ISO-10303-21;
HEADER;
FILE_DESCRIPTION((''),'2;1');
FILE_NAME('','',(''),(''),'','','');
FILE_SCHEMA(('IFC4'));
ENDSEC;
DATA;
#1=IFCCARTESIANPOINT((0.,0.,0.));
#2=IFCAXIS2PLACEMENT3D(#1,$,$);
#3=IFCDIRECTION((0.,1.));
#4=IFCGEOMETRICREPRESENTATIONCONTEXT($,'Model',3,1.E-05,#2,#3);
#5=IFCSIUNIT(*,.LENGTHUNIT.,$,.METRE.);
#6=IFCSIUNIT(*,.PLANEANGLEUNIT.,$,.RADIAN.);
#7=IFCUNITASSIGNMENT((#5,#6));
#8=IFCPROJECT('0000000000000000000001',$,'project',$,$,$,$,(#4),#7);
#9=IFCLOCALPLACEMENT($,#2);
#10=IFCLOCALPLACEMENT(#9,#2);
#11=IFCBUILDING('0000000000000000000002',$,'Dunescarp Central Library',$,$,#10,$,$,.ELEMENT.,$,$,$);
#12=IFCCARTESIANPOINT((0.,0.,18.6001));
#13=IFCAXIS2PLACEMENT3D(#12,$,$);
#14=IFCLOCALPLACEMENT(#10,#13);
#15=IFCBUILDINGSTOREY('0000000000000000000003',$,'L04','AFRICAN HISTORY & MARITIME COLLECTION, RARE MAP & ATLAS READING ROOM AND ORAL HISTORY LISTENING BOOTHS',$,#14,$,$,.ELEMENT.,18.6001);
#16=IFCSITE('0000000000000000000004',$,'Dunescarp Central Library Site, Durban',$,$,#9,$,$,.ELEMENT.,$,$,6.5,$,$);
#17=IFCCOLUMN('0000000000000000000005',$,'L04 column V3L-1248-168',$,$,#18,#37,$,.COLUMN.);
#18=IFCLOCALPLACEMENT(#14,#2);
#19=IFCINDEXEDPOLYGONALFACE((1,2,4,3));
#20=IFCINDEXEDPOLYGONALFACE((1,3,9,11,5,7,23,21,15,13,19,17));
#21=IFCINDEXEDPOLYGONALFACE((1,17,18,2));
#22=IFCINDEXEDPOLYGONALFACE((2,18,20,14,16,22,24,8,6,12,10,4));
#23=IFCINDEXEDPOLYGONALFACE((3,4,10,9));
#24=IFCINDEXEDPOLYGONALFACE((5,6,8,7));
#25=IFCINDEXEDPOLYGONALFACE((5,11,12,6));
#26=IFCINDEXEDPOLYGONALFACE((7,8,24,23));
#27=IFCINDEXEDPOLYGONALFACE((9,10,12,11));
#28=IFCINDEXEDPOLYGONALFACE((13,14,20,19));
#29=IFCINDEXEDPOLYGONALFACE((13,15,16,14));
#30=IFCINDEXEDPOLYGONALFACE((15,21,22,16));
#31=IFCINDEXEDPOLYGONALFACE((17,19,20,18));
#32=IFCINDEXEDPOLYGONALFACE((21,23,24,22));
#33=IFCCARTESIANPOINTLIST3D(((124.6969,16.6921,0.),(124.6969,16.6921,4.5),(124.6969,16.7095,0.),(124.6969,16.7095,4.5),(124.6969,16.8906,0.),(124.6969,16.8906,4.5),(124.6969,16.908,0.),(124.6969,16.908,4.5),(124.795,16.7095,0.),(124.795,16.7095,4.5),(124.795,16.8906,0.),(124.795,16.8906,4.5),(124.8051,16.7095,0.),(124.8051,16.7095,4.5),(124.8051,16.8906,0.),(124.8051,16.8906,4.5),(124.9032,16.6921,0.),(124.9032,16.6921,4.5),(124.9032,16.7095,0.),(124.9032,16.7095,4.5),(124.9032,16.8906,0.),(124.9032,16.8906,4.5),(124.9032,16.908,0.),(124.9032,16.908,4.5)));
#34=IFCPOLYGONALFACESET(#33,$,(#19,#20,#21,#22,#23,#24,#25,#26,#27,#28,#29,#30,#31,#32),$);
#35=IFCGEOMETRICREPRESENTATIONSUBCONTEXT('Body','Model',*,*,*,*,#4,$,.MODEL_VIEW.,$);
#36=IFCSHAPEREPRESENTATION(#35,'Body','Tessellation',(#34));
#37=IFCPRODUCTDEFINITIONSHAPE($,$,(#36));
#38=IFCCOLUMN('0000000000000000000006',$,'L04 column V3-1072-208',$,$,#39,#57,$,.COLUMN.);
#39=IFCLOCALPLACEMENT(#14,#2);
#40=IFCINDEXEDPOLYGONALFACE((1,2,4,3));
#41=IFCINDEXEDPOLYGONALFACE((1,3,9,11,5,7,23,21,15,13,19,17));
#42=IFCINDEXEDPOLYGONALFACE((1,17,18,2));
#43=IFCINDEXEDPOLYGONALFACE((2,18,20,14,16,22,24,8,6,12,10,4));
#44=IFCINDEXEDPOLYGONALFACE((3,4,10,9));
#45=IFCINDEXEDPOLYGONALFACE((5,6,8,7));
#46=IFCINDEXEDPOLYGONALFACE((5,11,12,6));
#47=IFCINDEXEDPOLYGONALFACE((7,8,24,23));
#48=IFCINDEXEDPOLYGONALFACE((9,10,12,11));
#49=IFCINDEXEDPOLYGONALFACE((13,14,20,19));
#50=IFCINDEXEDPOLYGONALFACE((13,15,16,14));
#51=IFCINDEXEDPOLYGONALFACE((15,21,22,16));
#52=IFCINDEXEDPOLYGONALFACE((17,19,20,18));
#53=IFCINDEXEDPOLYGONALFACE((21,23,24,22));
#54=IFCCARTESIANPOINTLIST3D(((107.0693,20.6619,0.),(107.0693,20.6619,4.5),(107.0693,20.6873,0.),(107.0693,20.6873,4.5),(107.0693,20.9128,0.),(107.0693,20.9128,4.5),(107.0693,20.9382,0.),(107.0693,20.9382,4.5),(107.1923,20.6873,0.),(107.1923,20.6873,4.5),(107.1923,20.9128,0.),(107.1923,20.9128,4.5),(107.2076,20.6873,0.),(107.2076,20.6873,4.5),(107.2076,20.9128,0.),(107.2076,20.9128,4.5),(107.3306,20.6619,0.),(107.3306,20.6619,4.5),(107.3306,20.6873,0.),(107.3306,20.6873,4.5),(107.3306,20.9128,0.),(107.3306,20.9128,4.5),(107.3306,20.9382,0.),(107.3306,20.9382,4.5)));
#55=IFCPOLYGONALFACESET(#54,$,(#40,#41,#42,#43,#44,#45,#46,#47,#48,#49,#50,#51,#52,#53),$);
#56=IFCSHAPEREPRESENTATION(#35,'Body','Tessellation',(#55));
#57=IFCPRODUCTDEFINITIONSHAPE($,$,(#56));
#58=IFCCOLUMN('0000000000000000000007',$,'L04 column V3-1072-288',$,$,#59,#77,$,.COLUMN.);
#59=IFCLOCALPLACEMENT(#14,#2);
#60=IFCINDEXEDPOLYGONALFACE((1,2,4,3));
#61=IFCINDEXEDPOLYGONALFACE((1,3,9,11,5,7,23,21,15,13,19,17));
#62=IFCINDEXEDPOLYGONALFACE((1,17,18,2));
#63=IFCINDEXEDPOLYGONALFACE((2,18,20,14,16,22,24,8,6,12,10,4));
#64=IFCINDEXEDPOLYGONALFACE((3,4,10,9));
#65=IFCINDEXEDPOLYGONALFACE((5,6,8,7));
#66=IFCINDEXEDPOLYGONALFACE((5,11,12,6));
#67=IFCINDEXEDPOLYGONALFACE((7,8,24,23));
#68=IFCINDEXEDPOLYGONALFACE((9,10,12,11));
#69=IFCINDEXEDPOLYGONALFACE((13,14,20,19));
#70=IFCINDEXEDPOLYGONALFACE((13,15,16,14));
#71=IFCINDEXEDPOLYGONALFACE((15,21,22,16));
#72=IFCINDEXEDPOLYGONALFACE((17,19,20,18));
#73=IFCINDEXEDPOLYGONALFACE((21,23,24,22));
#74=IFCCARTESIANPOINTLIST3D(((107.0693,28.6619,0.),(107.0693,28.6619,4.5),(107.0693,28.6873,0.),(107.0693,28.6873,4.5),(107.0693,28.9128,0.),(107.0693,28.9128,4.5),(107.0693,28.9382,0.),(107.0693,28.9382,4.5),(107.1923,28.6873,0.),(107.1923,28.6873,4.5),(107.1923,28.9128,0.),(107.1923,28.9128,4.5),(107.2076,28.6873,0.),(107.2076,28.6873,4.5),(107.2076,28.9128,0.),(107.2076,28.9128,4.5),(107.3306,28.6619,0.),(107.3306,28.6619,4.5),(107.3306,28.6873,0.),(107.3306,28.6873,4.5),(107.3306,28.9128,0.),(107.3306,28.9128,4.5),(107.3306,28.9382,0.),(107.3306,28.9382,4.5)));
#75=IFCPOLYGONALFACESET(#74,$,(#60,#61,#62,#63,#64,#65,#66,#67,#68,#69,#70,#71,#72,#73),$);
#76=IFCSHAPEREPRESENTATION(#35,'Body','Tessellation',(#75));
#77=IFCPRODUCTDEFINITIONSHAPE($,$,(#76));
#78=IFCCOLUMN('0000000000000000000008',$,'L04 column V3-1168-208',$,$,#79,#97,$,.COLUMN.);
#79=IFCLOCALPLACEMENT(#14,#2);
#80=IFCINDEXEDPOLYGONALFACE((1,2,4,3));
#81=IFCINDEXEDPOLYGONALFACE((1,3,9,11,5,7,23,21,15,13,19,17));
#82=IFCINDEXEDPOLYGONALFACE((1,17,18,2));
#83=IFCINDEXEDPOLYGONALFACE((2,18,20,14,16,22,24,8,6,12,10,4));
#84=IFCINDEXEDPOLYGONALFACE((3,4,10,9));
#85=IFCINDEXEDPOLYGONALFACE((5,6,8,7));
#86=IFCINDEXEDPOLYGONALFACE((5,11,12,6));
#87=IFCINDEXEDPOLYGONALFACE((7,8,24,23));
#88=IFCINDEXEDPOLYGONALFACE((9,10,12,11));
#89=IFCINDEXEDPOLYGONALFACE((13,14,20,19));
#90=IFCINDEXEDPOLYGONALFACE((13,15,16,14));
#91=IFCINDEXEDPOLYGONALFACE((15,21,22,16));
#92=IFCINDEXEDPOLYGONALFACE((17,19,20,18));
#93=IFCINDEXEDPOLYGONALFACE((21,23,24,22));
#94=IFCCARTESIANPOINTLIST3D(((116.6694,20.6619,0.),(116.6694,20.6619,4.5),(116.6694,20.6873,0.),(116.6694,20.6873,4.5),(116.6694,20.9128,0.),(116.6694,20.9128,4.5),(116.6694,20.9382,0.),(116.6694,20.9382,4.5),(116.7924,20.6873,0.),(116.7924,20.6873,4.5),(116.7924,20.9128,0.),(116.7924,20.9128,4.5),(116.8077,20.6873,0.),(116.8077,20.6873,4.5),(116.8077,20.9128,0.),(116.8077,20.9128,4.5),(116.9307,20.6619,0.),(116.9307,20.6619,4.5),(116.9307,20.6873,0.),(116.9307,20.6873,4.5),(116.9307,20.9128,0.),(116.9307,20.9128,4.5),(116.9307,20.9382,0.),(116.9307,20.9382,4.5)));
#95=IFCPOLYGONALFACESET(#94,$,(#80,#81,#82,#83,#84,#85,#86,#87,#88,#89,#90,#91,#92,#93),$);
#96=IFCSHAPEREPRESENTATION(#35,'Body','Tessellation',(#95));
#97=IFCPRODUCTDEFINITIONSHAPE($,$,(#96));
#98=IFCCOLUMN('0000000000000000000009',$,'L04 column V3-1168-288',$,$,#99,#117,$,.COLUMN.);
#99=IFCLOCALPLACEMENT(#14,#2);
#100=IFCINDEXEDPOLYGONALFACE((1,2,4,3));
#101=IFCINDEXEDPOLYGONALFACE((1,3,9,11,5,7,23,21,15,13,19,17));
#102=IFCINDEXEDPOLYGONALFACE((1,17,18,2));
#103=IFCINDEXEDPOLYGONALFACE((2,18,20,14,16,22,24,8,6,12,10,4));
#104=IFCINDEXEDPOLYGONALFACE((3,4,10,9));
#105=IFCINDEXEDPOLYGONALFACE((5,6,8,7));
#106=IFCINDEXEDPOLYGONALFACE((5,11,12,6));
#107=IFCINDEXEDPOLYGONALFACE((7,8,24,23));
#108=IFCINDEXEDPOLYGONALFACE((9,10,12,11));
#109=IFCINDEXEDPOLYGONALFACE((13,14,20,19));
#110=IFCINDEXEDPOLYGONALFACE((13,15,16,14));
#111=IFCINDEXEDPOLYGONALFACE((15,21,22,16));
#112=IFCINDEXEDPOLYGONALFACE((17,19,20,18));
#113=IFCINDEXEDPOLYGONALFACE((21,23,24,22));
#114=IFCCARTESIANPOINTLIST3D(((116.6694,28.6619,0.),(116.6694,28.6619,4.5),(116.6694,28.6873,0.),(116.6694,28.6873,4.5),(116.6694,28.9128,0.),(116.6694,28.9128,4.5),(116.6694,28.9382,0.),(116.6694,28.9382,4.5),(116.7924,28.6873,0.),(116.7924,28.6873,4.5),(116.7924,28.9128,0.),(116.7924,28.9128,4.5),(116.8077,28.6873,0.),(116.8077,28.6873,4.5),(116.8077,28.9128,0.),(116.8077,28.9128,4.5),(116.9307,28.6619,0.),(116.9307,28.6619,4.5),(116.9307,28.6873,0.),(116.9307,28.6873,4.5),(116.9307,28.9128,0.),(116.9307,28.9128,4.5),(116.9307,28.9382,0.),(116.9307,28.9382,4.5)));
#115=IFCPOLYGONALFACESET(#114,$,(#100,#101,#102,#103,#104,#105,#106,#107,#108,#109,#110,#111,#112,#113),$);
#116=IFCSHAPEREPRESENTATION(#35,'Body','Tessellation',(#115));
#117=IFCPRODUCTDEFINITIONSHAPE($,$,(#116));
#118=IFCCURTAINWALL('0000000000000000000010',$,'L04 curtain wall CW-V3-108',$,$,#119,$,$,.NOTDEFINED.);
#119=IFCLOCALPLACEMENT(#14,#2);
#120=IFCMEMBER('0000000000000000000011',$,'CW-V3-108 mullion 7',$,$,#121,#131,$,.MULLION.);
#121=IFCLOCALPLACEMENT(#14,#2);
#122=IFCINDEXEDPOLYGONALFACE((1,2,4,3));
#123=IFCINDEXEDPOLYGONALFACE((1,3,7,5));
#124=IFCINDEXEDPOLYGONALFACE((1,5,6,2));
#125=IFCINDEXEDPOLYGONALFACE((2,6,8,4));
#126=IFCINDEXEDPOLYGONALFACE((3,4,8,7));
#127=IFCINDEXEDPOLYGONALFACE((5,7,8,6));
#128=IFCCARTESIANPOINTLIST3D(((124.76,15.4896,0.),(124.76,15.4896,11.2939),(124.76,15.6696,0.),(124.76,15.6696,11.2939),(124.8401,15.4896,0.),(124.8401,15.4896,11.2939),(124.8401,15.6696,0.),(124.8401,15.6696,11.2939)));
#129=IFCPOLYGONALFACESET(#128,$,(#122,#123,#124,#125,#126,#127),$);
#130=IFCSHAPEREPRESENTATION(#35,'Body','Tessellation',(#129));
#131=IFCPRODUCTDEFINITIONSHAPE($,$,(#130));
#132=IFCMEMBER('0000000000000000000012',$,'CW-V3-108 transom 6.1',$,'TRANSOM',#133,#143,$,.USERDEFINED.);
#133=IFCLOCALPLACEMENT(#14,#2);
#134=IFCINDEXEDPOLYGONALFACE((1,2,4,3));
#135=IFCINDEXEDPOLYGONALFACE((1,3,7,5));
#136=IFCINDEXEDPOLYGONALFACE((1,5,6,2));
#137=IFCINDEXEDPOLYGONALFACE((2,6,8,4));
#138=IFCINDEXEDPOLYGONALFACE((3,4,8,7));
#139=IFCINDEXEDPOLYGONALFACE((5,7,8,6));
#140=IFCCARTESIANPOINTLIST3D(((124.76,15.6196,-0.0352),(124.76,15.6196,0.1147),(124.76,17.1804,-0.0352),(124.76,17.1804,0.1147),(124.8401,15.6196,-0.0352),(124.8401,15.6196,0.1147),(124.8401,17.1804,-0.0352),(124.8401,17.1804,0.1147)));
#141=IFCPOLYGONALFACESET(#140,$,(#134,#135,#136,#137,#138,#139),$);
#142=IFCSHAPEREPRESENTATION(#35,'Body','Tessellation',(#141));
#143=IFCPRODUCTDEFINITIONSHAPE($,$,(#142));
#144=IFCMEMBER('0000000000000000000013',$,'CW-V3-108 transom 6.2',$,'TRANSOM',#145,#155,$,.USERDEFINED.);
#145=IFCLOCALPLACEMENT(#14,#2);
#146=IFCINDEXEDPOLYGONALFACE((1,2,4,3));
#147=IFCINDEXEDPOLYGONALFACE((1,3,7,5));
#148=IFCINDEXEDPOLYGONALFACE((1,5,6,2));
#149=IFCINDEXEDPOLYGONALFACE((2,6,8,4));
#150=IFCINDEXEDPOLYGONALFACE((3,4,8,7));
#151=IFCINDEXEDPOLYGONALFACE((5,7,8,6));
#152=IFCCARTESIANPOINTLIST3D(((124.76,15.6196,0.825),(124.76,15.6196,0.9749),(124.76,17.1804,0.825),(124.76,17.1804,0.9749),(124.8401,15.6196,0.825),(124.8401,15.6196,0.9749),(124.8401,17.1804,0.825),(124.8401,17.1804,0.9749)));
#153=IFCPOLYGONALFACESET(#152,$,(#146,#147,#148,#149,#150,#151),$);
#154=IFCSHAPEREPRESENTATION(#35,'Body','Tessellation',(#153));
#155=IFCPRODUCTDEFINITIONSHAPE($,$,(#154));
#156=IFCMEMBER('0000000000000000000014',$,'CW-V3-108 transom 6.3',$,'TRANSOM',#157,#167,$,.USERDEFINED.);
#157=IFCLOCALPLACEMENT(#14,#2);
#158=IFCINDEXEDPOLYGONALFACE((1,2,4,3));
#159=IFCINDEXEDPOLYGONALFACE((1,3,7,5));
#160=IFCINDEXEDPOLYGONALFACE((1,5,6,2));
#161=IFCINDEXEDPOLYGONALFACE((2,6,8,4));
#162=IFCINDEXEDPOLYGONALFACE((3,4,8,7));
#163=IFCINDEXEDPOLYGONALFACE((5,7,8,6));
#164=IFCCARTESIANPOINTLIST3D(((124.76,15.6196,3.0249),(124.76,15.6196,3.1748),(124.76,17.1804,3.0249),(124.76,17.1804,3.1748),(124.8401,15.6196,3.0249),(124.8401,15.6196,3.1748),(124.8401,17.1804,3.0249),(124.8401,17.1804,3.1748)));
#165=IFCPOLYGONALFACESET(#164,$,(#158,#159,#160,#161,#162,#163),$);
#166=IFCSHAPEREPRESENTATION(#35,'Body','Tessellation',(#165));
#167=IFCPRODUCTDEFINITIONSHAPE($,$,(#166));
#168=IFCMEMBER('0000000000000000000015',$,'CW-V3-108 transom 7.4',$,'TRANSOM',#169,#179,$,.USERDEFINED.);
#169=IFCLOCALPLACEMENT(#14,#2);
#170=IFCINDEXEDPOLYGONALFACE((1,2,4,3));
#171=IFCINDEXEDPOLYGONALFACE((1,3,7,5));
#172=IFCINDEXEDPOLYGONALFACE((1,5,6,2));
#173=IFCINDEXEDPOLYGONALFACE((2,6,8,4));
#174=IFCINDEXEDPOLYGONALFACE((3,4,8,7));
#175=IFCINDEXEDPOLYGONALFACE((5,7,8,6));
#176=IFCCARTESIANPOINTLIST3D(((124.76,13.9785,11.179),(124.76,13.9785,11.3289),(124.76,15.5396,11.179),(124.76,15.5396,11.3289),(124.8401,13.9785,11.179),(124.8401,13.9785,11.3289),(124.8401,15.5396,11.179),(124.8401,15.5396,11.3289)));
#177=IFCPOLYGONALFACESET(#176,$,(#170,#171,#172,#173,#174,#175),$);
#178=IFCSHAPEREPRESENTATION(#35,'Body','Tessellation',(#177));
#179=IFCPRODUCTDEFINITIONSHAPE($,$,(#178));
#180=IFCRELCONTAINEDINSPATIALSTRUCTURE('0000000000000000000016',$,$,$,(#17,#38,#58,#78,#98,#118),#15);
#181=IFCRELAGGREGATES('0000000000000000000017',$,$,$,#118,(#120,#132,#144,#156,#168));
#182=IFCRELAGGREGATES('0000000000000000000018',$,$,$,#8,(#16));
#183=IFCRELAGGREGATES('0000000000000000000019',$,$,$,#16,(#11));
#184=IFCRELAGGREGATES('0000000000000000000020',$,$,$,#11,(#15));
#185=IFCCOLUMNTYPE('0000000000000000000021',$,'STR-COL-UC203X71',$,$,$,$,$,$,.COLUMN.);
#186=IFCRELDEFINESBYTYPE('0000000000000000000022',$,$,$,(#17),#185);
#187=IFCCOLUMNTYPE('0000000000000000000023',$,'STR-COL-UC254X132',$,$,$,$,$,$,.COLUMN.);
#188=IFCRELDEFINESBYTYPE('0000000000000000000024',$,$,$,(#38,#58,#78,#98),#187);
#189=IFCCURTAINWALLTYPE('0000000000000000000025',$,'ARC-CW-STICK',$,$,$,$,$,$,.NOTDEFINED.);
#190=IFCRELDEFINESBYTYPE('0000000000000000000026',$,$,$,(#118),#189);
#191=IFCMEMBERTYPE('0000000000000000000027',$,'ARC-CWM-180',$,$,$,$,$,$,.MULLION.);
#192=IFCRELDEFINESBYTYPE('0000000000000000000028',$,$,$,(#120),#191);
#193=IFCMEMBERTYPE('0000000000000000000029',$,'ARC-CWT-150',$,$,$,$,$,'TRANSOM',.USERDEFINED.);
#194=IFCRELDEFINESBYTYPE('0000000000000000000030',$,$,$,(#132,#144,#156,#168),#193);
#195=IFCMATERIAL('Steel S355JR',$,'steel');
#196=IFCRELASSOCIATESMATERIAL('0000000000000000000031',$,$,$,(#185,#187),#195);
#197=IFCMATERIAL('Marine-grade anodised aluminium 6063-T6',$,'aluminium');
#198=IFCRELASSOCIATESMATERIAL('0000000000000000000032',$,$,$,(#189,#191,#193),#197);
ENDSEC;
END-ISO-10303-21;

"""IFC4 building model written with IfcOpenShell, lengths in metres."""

from ifc_helpers import new_model, si_unit, direction, frame, origin, origin_2d, place, context, subcontext, project, spatial, rectangle, i_section, extrude, material, material_profile, profile_set, type_object, element, aggregate, save


model = new_model("IFC4")

# Units and contexts
model_context = context("Model", 3, precision=1e-05, world=origin(), true_north=direction((0.0, 1.0)))
body_context = subcontext(model_context, "Body", "Model", "MODEL_VIEW")
ifc_project = project(units=[si_unit("LENGTHUNIT", "METRE"), si_unit("PLANEANGLEUNIT", "RADIAN")], contexts=[model_context])

# Site, building, storey
site_placement = place(None, origin())
site = spatial("IfcSite", under=ifc_project, at=site_placement, Name="Dunescarp Central Library Site, Durban", CompositionType="ELEMENT", RefElevation=6.5)
building_placement = place(site_placement, origin())
building = spatial("IfcBuilding", under=site, at=building_placement, Name="Dunescarp Central Library", CompositionType="ELEMENT")
storey_placement = place(building_placement, frame((0.0, 0.0, 18.6001)))
storey = spatial("IfcBuildingStorey", under=building, at=storey_placement, Name="L04", Description="AFRICAN HISTORY & MARITIME COLLECTION, RARE MAP & ATLAS READING ROOM AND ORAL HISTORY LISTENING BOOTHS", CompositionType="ELEMENT", Elevation=18.6001)

# Columns
ifc_material_1 = material(Name="Steel S355JR", Category="steel")
ifc_material_profile_1 = material_profile(ifc_material_1, i_section(OverallWidth=0.2063, OverallDepth=0.2158, WebThickness=0.01, FlangeThickness=0.0173, at=origin_2d()), Name="UC 203x203x71")
ifc_profile_set_1 = profile_set([ifc_material_profile_1], Name="Steel S355JR")
column_type_1 = type_object("IfcColumnType", Name="STR-COL-UC203X71", PredefinedType="COLUMN", material=ifc_profile_set_1)
column_placement = place(storey_placement, frame((124.8, 16.8, 0.0), z_axis=(0.0, 0.0, 1.0), x_axis=(1.0, 0.0, 0.0)))
element("IfcColumn", 1, at=column_placement, inside=storey, type_object=column_type_1, Name="L04 column V3L-1248-168", PredefinedType="COLUMN", context=body_context, shape_type="SweptSolid", body=[
    extrude(i_section(OverallWidth=0.2063, OverallDepth=0.2158, WebThickness=0.01, FlangeThickness=0.0173, at=origin_2d()), origin(), (0.0, 0.0, 1.0), 4.5),
])
ifc_material_profile_2 = material_profile(ifc_material_1, i_section(OverallWidth=0.2612, OverallDepth=0.2764, WebThickness=0.0154, FlangeThickness=0.0254, at=origin_2d()), Name="UC 254x254x132")
ifc_profile_set_2 = profile_set([ifc_material_profile_2], Name="Steel S355JR")
column_type_2 = type_object("IfcColumnType", Name="STR-COL-UC254X132", PredefinedType="COLUMN", material=ifc_profile_set_2)
for number, where, z_axis, x_axis, name in (
    (2, (107.2, 20.8, 0.0), (0.0, 0.0, 1.0), (1.0, 0.0, 0.0), "L04 column V3-1072-208"),
    (3, (107.2, 28.8, 0.0), (0.0, 0.0, 1.0), (1.0, 0.0, 0.0), "L04 column V3-1072-288"),
    (4, (116.8, 20.8, 0.0), (0.0, 0.0, 1.0), (1.0, 0.0, 0.0), "L04 column V3-1168-208"),
    (5, (116.8, 28.8, 0.0), (0.0, 0.0, 1.0), (1.0, 0.0, 0.0), "L04 column V3-1168-288"),
):
    element("IfcColumn", number, at=place(storey_placement, frame(where, z_axis=z_axis, x_axis=x_axis)), inside=storey, type_object=column_type_2, Name=name, PredefinedType="COLUMN", context=body_context, shape_type="SweptSolid", body=[
        extrude(i_section(OverallWidth=0.2612, OverallDepth=0.2764, WebThickness=0.0154, FlangeThickness=0.0254, at=origin_2d()), origin(), (0.0, 0.0, 1.0), 4.5),
    ])

# Curtain wall, members
ifc_material_2 = material(Name="Marine-grade anodised aluminium 6063-T6", Category="aluminium")
curtain_wall_type = type_object("IfcCurtainWallType", Name="ARC-CW-STICK", PredefinedType="NOTDEFINED", material=ifc_material_2)
curtain_wall_placement = place(storey_placement, origin())
curtain_wall = element("IfcCurtainWall", 6, at=curtain_wall_placement, inside=storey, type_object=curtain_wall_type, Name="L04 curtain wall CW-V3-108", PredefinedType="NOTDEFINED")
ifc_material_profile_3 = material_profile(ifc_material_2, rectangle(XDim=0.0801, YDim=0.1799, at=origin_2d()), Name="AL 80x180")
ifc_profile_set_3 = profile_set([ifc_material_profile_3], Name="Marine-grade anodised aluminium 6063-T6")
member_type_1 = type_object("IfcMemberType", Name="ARC-CWM-180", PredefinedType="MULLION", material=ifc_profile_set_3)
member_1_placement = place(storey_placement, frame((124.8, 15.5796, 0.0), z_axis=(0.0, 0.0, 1.0), x_axis=(1.0, 0.0, 0.0)))
member_1 = element("IfcMember", 7, at=member_1_placement, type_object=member_type_1, Name="CW-V3-108 mullion 7", PredefinedType="MULLION", context=body_context, shape_type="SweptSolid", body=[
    extrude(rectangle(XDim=0.0801, YDim=0.1799, at=origin_2d()), origin(), (0.0, 0.0, 1.0), 11.2939),
])
ifc_material_profile_4 = material_profile(ifc_material_2, rectangle(XDim=0.0801, YDim=0.1499, at=origin_2d()), Name="AL 80x150")
ifc_profile_set_4 = profile_set([ifc_material_profile_4], Name="Marine-grade anodised aluminium 6063-T6")
member_type_2 = type_object("IfcMemberType", Name="ARC-CWT-150", ElementType="TRANSOM", PredefinedType="USERDEFINED", material=ifc_profile_set_4)
member_2_placement = place(storey_placement, frame((124.8, 17.1804, 0.0398), z_axis=(0.0, -1.0, 0.0), x_axis=(1.0, 0.0, 0.0)))
member_2 = element("IfcMember", 8, at=member_2_placement, type_object=member_type_2, Name="CW-V3-108 transom 6.1", ObjectType="TRANSOM", PredefinedType="USERDEFINED", context=body_context, shape_type="SweptSolid", body=[
    extrude(rectangle(XDim=0.0801, YDim=0.1499, at=origin_2d()), origin(), (0.0, 0.0, 1.0), 1.5608),
])
member_3_placement = place(storey_placement, frame((124.8, 17.1804, 0.8999), z_axis=(0.0, -1.0, 0.0), x_axis=(1.0, 0.0, 0.0)))
member_3 = element("IfcMember", 9, at=member_3_placement, type_object=member_type_2, Name="CW-V3-108 transom 6.2", ObjectType="TRANSOM", PredefinedType="USERDEFINED", context=body_context, shape_type="SweptSolid", body=[
    extrude(rectangle(XDim=0.0801, YDim=0.1499, at=origin_2d()), origin(), (0.0, 0.0, 1.0), 1.5608),
])
member_4_placement = place(storey_placement, frame((124.8, 17.1804, 3.0999), z_axis=(0.0, -1.0, 0.0), x_axis=(1.0, 0.0, 0.0)))
member_4 = element("IfcMember", 10, at=member_4_placement, type_object=member_type_2, Name="CW-V3-108 transom 6.3", ObjectType="TRANSOM", PredefinedType="USERDEFINED", context=body_context, shape_type="SweptSolid", body=[
    extrude(rectangle(XDim=0.0801, YDim=0.1499, at=origin_2d()), origin(), (0.0, 0.0, 1.0), 1.5608),
])
member_5_placement = place(storey_placement, frame((124.8, 15.5396, 11.2539), z_axis=(0.0, -1.0, 0.0), x_axis=(1.0, 0.0, 0.0)))
member_5 = element("IfcMember", 11, at=member_5_placement, type_object=member_type_2, Name="CW-V3-108 transom 7.4", ObjectType="TRANSOM", PredefinedType="USERDEFINED", context=body_context, shape_type="SweptSolid", body=[
    extrude(rectangle(XDim=0.0801, YDim=0.1499, at=origin_2d()), origin(), (0.0, 0.0, 1.0), 1.561),
])

aggregate(curtain_wall, [member_1, member_2, member_3, member_4, member_5])

save(model, "model.ifc")
